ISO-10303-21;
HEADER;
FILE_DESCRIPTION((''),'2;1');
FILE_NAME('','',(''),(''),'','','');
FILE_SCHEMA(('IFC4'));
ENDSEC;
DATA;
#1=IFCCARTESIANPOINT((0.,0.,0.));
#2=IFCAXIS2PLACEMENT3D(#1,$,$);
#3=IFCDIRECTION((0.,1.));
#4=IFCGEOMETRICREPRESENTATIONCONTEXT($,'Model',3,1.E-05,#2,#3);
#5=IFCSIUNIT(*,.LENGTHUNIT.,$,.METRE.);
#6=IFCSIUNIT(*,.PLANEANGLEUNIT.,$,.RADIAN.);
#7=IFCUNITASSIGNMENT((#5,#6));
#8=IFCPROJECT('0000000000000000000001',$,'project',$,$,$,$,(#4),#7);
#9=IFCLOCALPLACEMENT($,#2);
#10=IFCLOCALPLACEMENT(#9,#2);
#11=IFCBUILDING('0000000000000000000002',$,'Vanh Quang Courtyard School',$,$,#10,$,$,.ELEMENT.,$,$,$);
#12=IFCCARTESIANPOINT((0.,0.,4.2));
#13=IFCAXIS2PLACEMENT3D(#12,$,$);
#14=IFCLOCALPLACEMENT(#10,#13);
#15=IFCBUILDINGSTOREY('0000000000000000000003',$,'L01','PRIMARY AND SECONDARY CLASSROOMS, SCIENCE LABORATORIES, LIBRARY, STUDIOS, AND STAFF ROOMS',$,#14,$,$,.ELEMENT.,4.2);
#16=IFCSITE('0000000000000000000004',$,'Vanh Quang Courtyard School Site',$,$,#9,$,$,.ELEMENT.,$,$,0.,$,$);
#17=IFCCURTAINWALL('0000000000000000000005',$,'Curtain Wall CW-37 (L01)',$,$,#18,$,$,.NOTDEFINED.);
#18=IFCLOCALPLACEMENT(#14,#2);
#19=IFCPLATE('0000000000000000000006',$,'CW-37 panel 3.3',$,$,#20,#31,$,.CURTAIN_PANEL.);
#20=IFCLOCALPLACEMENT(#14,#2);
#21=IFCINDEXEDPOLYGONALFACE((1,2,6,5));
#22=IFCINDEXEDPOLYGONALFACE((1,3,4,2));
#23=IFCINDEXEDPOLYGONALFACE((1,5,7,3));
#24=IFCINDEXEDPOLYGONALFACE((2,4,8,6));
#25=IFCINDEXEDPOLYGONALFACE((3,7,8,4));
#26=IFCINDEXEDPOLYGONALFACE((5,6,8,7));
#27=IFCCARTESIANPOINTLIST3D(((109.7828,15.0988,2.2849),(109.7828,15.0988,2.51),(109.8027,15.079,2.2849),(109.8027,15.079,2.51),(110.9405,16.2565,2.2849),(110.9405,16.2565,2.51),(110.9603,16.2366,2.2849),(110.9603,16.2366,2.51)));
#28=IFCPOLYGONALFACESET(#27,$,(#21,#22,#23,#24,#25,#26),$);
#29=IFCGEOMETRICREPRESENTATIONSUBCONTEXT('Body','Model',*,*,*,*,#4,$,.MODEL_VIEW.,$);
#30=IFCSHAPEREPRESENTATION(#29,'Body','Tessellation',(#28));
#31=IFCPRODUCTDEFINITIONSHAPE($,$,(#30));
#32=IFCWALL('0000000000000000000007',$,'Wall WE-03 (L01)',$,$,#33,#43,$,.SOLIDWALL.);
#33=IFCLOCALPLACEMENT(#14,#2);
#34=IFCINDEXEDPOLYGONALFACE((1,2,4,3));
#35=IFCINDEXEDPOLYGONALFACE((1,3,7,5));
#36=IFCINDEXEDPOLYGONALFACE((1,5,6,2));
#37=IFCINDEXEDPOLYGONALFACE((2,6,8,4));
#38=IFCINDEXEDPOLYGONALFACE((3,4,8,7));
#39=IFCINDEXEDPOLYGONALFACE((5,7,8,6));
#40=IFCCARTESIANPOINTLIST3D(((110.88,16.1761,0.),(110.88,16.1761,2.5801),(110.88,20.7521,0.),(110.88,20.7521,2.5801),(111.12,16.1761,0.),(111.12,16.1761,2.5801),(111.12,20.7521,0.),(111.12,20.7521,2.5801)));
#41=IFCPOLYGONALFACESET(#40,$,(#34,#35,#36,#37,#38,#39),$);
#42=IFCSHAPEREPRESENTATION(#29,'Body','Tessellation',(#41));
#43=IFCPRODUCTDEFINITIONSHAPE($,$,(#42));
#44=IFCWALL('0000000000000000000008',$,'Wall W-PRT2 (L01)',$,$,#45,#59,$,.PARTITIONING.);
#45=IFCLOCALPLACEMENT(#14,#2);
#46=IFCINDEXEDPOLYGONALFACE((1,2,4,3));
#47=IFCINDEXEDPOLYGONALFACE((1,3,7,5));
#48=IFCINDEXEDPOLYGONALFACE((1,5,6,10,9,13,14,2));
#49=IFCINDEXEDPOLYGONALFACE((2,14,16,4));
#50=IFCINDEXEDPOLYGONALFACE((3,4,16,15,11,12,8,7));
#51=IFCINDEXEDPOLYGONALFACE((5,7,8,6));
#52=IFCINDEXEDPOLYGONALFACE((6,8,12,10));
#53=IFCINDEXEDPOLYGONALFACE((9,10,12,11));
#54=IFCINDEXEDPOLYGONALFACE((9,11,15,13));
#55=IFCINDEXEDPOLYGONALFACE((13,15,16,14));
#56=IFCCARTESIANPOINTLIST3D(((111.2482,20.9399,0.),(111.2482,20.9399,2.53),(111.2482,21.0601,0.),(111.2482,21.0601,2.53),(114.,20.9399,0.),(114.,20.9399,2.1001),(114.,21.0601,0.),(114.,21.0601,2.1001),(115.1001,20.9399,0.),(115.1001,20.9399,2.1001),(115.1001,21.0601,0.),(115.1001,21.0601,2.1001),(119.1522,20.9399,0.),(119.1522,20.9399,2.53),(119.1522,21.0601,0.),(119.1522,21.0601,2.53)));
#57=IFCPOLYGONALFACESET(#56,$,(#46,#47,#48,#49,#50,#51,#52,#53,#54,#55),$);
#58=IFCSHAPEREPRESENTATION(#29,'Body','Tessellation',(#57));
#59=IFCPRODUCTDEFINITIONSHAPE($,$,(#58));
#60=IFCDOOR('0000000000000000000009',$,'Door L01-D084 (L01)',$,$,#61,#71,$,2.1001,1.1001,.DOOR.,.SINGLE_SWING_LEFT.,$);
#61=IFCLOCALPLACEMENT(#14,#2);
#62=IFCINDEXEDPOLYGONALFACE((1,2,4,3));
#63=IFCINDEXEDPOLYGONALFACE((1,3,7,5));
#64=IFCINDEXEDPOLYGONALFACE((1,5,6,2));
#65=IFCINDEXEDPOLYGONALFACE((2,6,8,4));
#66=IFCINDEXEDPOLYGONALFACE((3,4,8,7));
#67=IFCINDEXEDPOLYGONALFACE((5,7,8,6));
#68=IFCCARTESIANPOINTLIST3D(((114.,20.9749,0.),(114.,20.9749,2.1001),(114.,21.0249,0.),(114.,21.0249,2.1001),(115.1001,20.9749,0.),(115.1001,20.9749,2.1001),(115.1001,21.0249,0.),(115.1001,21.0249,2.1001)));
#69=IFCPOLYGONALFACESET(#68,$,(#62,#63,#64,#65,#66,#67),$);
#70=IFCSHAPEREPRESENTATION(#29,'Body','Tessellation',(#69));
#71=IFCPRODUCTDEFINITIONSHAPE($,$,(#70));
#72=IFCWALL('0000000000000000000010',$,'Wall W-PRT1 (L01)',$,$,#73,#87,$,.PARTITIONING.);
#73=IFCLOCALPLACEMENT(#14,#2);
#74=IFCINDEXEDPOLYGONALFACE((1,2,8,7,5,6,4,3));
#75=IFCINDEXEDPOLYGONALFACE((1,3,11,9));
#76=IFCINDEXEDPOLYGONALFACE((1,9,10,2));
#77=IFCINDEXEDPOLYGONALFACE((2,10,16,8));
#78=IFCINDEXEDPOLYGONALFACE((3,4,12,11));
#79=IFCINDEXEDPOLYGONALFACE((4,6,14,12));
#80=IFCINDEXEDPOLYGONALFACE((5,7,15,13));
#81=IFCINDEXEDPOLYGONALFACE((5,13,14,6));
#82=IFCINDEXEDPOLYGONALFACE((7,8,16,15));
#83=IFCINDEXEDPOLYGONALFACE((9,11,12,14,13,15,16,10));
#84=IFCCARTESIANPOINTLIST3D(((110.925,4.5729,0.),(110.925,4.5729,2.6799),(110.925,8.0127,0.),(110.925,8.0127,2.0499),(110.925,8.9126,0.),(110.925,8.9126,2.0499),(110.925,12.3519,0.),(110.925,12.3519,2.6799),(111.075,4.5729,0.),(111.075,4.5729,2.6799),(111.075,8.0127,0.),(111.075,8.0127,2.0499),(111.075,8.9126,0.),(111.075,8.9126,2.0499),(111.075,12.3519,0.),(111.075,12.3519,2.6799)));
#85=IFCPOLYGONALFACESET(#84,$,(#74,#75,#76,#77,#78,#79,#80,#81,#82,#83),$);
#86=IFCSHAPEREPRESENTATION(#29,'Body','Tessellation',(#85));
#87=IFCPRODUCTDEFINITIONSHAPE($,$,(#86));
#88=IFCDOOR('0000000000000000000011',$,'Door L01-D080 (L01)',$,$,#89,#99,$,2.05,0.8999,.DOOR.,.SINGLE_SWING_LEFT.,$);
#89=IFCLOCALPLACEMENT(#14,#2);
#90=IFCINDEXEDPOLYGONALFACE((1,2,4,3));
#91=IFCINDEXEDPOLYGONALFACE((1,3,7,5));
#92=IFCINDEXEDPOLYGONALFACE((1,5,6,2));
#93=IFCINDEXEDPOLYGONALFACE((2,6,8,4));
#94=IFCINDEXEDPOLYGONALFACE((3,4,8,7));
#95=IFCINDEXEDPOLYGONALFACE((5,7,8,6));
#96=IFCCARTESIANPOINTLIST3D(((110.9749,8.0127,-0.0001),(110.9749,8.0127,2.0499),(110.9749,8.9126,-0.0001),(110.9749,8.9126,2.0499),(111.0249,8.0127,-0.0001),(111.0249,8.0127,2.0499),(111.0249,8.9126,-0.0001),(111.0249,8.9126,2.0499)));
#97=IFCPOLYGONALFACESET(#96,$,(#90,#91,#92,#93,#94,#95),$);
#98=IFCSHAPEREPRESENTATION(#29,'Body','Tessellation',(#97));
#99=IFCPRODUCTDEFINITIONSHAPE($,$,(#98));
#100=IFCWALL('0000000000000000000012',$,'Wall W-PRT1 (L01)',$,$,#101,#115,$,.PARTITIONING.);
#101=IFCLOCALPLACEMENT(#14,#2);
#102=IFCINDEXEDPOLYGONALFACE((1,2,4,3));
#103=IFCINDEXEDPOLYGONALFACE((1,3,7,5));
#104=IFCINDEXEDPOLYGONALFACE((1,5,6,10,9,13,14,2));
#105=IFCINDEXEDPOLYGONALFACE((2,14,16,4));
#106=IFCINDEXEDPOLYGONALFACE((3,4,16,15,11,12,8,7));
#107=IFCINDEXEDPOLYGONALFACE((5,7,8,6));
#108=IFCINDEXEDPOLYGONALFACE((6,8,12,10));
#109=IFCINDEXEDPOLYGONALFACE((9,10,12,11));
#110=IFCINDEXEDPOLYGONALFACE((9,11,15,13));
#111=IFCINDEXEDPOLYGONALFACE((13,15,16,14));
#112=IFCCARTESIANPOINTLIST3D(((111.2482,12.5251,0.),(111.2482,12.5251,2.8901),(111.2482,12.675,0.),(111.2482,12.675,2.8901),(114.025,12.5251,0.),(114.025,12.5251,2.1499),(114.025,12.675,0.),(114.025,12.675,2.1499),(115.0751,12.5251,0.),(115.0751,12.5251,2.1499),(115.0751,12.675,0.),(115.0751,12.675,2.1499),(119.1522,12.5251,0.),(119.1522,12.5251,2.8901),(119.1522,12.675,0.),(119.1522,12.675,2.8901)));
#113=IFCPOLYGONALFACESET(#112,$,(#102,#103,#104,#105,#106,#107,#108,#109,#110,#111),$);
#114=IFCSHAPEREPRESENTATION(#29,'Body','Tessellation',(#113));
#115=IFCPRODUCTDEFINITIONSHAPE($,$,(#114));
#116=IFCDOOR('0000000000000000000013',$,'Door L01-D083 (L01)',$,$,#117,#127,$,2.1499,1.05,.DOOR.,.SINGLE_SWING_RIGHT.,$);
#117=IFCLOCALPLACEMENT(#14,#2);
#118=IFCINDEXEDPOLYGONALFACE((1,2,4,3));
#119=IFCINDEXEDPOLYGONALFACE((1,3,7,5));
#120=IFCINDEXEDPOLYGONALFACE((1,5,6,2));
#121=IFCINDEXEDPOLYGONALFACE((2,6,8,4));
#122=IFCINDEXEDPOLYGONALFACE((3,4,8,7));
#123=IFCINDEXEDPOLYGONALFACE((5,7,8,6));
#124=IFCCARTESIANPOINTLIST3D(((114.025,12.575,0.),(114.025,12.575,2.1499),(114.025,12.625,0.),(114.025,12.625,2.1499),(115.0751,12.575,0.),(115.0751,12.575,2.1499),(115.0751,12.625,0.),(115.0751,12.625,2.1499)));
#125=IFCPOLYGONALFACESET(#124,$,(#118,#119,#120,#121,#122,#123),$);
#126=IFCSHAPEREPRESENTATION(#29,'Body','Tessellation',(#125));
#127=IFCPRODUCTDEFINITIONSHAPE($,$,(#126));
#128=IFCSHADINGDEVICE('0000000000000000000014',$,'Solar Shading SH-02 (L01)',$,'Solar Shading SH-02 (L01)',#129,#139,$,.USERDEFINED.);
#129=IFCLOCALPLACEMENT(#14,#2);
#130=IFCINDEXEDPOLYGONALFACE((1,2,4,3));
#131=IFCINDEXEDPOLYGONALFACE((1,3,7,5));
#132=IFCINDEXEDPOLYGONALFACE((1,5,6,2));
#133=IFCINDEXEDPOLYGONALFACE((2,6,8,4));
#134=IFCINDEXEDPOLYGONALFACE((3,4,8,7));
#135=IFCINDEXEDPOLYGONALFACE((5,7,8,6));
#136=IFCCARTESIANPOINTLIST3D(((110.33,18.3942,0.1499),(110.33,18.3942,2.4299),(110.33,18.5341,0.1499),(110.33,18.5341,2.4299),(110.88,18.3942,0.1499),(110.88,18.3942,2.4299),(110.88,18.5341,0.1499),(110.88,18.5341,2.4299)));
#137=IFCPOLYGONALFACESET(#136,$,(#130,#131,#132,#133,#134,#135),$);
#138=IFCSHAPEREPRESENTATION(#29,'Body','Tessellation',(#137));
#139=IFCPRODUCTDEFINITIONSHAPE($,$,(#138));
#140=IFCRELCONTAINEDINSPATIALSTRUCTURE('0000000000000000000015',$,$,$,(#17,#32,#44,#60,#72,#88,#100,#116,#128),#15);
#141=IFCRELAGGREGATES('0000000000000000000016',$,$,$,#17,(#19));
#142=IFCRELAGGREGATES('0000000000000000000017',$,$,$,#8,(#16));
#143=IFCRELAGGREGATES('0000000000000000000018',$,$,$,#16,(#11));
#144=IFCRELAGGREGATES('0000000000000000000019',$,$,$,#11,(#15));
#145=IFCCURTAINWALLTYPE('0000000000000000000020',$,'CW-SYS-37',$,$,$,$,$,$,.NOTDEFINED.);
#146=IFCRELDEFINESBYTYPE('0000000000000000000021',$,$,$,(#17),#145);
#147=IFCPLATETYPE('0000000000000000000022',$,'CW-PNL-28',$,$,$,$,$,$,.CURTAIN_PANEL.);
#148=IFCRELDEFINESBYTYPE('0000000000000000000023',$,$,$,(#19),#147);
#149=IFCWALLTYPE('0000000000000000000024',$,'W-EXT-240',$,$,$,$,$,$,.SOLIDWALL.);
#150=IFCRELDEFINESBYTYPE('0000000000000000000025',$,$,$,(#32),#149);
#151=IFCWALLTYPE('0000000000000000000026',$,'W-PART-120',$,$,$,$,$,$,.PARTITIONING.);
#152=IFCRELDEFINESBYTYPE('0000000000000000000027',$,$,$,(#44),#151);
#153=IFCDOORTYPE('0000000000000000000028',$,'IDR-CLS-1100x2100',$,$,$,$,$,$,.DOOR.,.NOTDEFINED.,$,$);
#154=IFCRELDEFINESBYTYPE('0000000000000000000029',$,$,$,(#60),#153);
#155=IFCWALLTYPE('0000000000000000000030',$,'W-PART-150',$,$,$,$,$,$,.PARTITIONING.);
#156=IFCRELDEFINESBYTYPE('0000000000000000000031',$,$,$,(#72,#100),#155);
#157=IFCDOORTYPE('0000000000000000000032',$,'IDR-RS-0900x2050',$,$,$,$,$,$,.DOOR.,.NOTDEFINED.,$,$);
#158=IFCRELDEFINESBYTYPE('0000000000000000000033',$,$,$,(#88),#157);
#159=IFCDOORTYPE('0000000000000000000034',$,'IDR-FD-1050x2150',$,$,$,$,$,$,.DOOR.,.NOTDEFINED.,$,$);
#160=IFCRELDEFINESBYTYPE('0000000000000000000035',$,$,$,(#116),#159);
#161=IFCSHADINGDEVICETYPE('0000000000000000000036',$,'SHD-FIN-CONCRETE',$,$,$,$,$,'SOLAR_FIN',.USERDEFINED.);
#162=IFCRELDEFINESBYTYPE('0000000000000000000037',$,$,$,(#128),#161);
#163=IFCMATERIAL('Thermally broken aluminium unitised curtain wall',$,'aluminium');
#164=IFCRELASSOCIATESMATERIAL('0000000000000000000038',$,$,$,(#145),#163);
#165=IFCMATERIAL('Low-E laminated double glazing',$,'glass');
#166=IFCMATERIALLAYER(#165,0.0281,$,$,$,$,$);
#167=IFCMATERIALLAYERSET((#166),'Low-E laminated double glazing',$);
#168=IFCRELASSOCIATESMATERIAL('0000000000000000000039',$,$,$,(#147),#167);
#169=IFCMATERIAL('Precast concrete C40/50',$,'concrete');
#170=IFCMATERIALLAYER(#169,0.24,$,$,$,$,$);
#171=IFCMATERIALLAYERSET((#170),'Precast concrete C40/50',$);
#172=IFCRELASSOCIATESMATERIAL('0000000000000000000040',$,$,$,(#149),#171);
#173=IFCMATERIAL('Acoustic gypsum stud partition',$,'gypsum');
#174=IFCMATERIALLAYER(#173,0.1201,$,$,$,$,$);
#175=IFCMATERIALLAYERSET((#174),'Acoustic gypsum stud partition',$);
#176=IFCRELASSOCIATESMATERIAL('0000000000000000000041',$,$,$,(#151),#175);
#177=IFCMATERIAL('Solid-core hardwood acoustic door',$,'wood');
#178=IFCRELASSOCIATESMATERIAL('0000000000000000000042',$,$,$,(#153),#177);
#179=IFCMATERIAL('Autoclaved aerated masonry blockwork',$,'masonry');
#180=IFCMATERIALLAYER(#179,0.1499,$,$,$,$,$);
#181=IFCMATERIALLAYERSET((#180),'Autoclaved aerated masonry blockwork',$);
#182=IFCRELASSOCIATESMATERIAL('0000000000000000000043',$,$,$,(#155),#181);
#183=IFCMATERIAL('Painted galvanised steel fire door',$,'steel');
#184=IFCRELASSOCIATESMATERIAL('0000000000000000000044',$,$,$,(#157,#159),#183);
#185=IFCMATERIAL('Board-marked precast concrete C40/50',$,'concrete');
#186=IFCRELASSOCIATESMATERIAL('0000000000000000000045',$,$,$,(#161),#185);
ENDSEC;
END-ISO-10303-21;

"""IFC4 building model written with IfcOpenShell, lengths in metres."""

from ifc_helpers import new_model, si_unit, direction, frame, frame_2d, origin, origin_2d, place, context, subcontext, project, spatial, rectangle, extrude, material, layer, layer_set, type_object, element, fill, aggregate, save


model = new_model("IFC4")

# Units and contexts
model_context = context("Model", 3, precision=1e-05, world=origin(), true_north=direction((0.0, 1.0)))
body_context = subcontext(model_context, "Body", "Model", "MODEL_VIEW")
ifc_project = project(units=[si_unit("LENGTHUNIT", "METRE"), si_unit("PLANEANGLEUNIT", "RADIAN")], contexts=[model_context])

# Site, building, storey
site_placement = place(None, origin())
site = spatial("IfcSite", under=ifc_project, at=site_placement, Name="Vanh Quang Courtyard School Site", CompositionType="ELEMENT", RefElevation=0.0)
building_placement = place(site_placement, origin())
building = spatial("IfcBuilding", under=site, at=building_placement, Name="Vanh Quang Courtyard School", CompositionType="ELEMENT")
storey_placement = place(building_placement, frame((0.0, 0.0, 4.2)))
storey = spatial("IfcBuildingStorey", under=building, at=storey_placement, Name="L01", Description="PRIMARY AND SECONDARY CLASSROOMS, SCIENCE LABORATORIES, LIBRARY, STUDIOS, AND STAFF ROOMS", CompositionType="ELEMENT", Elevation=4.2)

# Curtain wall
ifc_material_1 = material(Name="Thermally broken aluminium unitised curtain wall", Category="aluminium")
curtain_wall_type_1 = type_object("IfcCurtainWallType", Name="CW-SYS-37", PredefinedType="NOTDEFINED", material=ifc_material_1)
curtain_wall_1_placement = place(storey_placement, origin())
curtain_wall_1 = element("IfcCurtainWall", 1, at=curtain_wall_1_placement, inside=storey, type_object=curtain_wall_type_1, Name="Curtain Wall CW-37 (L01)", PredefinedType="NOTDEFINED")

# Shared definitions
ifc_material_2 = material(Name="Low-E laminated double glazing", Category="glass")
ifc_layer_1 = layer(ifc_material_2, 0.0281)
ifc_layer_set_1 = layer_set([ifc_layer_1], Name="Low-E laminated double glazing")
plate_type = type_object("IfcPlateType", Name="CW-PNL-28", PredefinedType="CURTAIN_PANEL", material=ifc_layer_set_1)

# Plate
plate_1_placement = place(storey_placement, frame((110.3716, 15.6677, 2.2849), z_axis=(0.0, 0.0, 1.0), x_axis=(0.707107, 0.707107, 0.0)))
plate_1 = element("IfcPlate", 2, at=plate_1_placement, type_object=plate_type, Name="CW-37 panel 3.3", PredefinedType="CURTAIN_PANEL", context=body_context, shape_type="SweptSolid", body=[
    extrude(rectangle(XDim=1.6372, YDim=0.0281, at=origin_2d()), origin(), (0.0, 0.0, 1.0), 0.2251),
])
aggregate(curtain_wall_1, [plate_1])

# Wall
ifc_material_3 = material(Name="Precast concrete C40/50", Category="concrete")
ifc_layer_2 = layer(ifc_material_3, 0.24)
ifc_layer_set_2 = layer_set([ifc_layer_2], Name="Precast concrete C40/50")
wall_type_1 = type_object("IfcWallType", Name="W-EXT-240", PredefinedType="SOLIDWALL", material=ifc_layer_set_2)
wall_1_placement = place(storey_placement, frame((111.0, 16.176, 0.0), z_axis=(0.0, 0.0, 1.0), x_axis=(0.0, 1.0, 0.0)))
element("IfcWall", 3, at=wall_1_placement, inside=storey, type_object=wall_type_1, Name="Wall WE-03 (L01)", PredefinedType="SOLIDWALL", context=body_context, shape_type="SweptSolid", body=[
    extrude(rectangle(XDim=4.5759, YDim=0.24, at=frame_2d((2.2881, 0.0))), origin(), (0.0, 0.0, 1.0), 2.5801),
])

# Walls, openings, doors
ifc_material_4 = material(Name="Acoustic gypsum stud partition", Category="gypsum")
ifc_layer_3 = layer(ifc_material_4, 0.1201)
ifc_layer_set_3 = layer_set([ifc_layer_3], Name="Acoustic gypsum stud partition")
wall_type_2 = type_object("IfcWallType", Name="W-PART-120", PredefinedType="PARTITIONING", material=ifc_layer_set_3)
wall_2_placement = place(storey_placement, frame((111.248, 21.0, 0.0), z_axis=(0.0, 0.0, 1.0), x_axis=(1.0, 0.0, 0.0)))
wall_2 = element("IfcWall", 4, at=wall_2_placement, inside=storey, type_object=wall_type_2, Name="Wall W-PRT2 (L01)", PredefinedType="PARTITIONING", context=body_context, shape_type="SweptSolid", body=[
    extrude(rectangle(XDim=7.9041, YDim=0.1201, at=frame_2d((3.9521, 0.0))), origin(), (0.0, 0.0, 1.0), 2.53),
])
opening_1_placement = place(wall_2_placement, frame((2.752, 0.0, 0.0)))
opening_1 = element("IfcOpeningElement", 5, at=opening_1_placement, cuts=wall_2, PredefinedType="OPENING", context=body_context, shape_type="SweptSolid", body=[
    extrude(rectangle(XDim=1.1001, YDim=2.1001, at=frame_2d((0.55, 1.05))), frame((0.0, 0.0701, 0.0), z_axis=(0.0, -1.0, 0.0), x_axis=(1.0, 0.0, 0.0)), (0.0, 0.0, 1.0), 0.1401),
])
ifc_material_5 = material(Name="Solid-core hardwood acoustic door", Category="wood")
door_type_1 = type_object("IfcDoorType", Name="IDR-CLS-1100x2100", OperationType="NOTDEFINED", PredefinedType="DOOR", material=ifc_material_5)
door_1_placement = place(opening_1_placement, origin())
door_1 = element("IfcDoor", 6, at=door_1_placement, inside=storey, type_object=door_type_1, Name="Door L01-D084 (L01)", OperationType="SINGLE_SWING_LEFT", OverallHeight=2.1001, OverallWidth=1.1001, PredefinedType="DOOR", context=body_context, shape_type="SweptSolid", body=[
    extrude(rectangle(XDim=1.1001, YDim=2.1001, at=frame_2d((0.55, 1.05))), frame((0.0, 0.0249, 0.0), z_axis=(0.0, -1.0, 0.0), x_axis=(1.0, 0.0, 0.0)), (0.0, 0.0, 1.0), 0.05),
])
fill(opening_1, door_1)
ifc_material_6 = material(Name="Autoclaved aerated masonry blockwork", Category="masonry")
ifc_layer_4 = layer(ifc_material_6, 0.1499)
ifc_layer_set_4 = layer_set([ifc_layer_4], Name="Autoclaved aerated masonry blockwork")
wall_type_3 = type_object("IfcWallType", Name="W-PART-150", PredefinedType="PARTITIONING", material=ifc_layer_set_4)
wall_3_placement = place(storey_placement, frame((111.0, 12.3521, 0.0), z_axis=(0.0, 0.0, 1.0), x_axis=(0.0, -1.0, 0.0)))
wall_3 = element("IfcWall", 7, at=wall_3_placement, inside=storey, type_object=wall_type_3, Name="Wall W-PRT1 (L01)", PredefinedType="PARTITIONING", context=body_context, shape_type="SweptSolid", body=[
    extrude(rectangle(XDim=7.7791, YDim=0.1499, at=frame_2d((3.8896, 0.0))), origin(), (0.0, 0.0, 1.0), 2.6799),
])
opening_2_placement = place(wall_3_placement, frame((3.4395, 0.0, 0.0)))
opening_2 = element("IfcOpeningElement", 8, at=opening_2_placement, cuts=wall_3, PredefinedType="OPENING", context=body_context, shape_type="SweptSolid", body=[
    extrude(rectangle(XDim=0.8999, YDim=2.05, at=frame_2d((0.45, 1.0249))), frame((0.0, 0.085, 0.0), z_axis=(0.0, -1.0, 0.0), x_axis=(1.0, 0.0, 0.0)), (0.0, 0.0, 1.0), 0.1699),
])
ifc_material_7 = material(Name="Painted galvanised steel fire door", Category="steel")
door_type_2 = type_object("IfcDoorType", Name="IDR-RS-0900x2050", OperationType="NOTDEFINED", PredefinedType="DOOR", material=ifc_material_7)
door_2_placement = place(opening_2_placement, origin())
door_2 = element("IfcDoor", 9, at=door_2_placement, inside=storey, type_object=door_type_2, Name="Door L01-D080 (L01)", OperationType="SINGLE_SWING_LEFT", OverallHeight=2.05, OverallWidth=0.8999, PredefinedType="DOOR", context=body_context, shape_type="SweptSolid", body=[
    extrude(rectangle(XDim=0.8999, YDim=2.05, at=frame_2d((0.45, 1.0249))), frame((0.0, 0.0249, 0.0), z_axis=(0.0, -1.0, 0.0), x_axis=(1.0, 0.0, 0.0)), (0.0, 0.0, 1.0), 0.05),
])
fill(opening_2, door_2)
wall_4_placement = place(storey_placement, frame((111.248, 12.6001, 0.0), z_axis=(0.0, 0.0, 1.0), x_axis=(1.0, 0.0, 0.0)))
wall_4 = element("IfcWall", 10, at=wall_4_placement, inside=storey, type_object=wall_type_3, Name="Wall W-PRT1 (L01)", PredefinedType="PARTITIONING", context=body_context, shape_type="SweptSolid", body=[
    extrude(rectangle(XDim=7.9041, YDim=0.1499, at=frame_2d((3.9521, 0.0))), origin(), (0.0, 0.0, 1.0), 2.8901),
])
opening_3_placement = place(wall_4_placement, frame((2.7771, 0.0, 0.0)))
opening_3 = element("IfcOpeningElement", 11, at=opening_3_placement, cuts=wall_4, PredefinedType="OPENING", context=body_context, shape_type="SweptSolid", body=[
    extrude(rectangle(XDim=1.05, YDim=2.1499, at=frame_2d((0.5249, 1.075))), frame((0.0, 0.085, 0.0), z_axis=(0.0, -1.0, 0.0), x_axis=(1.0, 0.0, 0.0)), (0.0, 0.0, 1.0), 0.1699),
])
door_type_3 = type_object("IfcDoorType", Name="IDR-FD-1050x2150", OperationType="NOTDEFINED", PredefinedType="DOOR", material=ifc_material_7)
door_3_placement = place(opening_3_placement, origin())
door_3 = element("IfcDoor", 12, at=door_3_placement, inside=storey, type_object=door_type_3, Name="Door L01-D083 (L01)", OperationType="SINGLE_SWING_RIGHT", OverallHeight=2.1499, OverallWidth=1.05, PredefinedType="DOOR", context=body_context, shape_type="SweptSolid", body=[
    extrude(rectangle(XDim=1.05, YDim=2.1499, at=frame_2d((0.5249, 1.075))), frame((0.0, 0.0249, 0.0), z_axis=(0.0, -1.0, 0.0), x_axis=(1.0, 0.0, 0.0)), (0.0, 0.0, 1.0), 0.05),
])
fill(opening_3, door_3)

# Shading device
ifc_material_8 = material(Name="Board-marked precast concrete C40/50", Category="concrete")
shading_device_type = type_object("IfcShadingDeviceType", Name="SHD-FIN-CONCRETE", ElementType="SOLAR_FIN", PredefinedType="USERDEFINED", material=ifc_material_8)
shading_device_placement = place(storey_placement, frame((110.605, 18.4641, 0.1499), z_axis=(0.0, 0.0, 1.0), x_axis=(0.0, 1.0, 0.0)))
element("IfcShadingDevice", 13, at=shading_device_placement, inside=storey, type_object=shading_device_type, Name="Solar Shading SH-02 (L01)", ObjectType="Solar Shading SH-02 (L01)", PredefinedType="USERDEFINED", context=body_context, shape_type="SweptSolid", body=[
    extrude(rectangle(XDim=0.1399, YDim=0.55, at=origin_2d()), origin(), (0.0, 0.0, 1.0), 2.28),
])

save(model, "model.ifc")
